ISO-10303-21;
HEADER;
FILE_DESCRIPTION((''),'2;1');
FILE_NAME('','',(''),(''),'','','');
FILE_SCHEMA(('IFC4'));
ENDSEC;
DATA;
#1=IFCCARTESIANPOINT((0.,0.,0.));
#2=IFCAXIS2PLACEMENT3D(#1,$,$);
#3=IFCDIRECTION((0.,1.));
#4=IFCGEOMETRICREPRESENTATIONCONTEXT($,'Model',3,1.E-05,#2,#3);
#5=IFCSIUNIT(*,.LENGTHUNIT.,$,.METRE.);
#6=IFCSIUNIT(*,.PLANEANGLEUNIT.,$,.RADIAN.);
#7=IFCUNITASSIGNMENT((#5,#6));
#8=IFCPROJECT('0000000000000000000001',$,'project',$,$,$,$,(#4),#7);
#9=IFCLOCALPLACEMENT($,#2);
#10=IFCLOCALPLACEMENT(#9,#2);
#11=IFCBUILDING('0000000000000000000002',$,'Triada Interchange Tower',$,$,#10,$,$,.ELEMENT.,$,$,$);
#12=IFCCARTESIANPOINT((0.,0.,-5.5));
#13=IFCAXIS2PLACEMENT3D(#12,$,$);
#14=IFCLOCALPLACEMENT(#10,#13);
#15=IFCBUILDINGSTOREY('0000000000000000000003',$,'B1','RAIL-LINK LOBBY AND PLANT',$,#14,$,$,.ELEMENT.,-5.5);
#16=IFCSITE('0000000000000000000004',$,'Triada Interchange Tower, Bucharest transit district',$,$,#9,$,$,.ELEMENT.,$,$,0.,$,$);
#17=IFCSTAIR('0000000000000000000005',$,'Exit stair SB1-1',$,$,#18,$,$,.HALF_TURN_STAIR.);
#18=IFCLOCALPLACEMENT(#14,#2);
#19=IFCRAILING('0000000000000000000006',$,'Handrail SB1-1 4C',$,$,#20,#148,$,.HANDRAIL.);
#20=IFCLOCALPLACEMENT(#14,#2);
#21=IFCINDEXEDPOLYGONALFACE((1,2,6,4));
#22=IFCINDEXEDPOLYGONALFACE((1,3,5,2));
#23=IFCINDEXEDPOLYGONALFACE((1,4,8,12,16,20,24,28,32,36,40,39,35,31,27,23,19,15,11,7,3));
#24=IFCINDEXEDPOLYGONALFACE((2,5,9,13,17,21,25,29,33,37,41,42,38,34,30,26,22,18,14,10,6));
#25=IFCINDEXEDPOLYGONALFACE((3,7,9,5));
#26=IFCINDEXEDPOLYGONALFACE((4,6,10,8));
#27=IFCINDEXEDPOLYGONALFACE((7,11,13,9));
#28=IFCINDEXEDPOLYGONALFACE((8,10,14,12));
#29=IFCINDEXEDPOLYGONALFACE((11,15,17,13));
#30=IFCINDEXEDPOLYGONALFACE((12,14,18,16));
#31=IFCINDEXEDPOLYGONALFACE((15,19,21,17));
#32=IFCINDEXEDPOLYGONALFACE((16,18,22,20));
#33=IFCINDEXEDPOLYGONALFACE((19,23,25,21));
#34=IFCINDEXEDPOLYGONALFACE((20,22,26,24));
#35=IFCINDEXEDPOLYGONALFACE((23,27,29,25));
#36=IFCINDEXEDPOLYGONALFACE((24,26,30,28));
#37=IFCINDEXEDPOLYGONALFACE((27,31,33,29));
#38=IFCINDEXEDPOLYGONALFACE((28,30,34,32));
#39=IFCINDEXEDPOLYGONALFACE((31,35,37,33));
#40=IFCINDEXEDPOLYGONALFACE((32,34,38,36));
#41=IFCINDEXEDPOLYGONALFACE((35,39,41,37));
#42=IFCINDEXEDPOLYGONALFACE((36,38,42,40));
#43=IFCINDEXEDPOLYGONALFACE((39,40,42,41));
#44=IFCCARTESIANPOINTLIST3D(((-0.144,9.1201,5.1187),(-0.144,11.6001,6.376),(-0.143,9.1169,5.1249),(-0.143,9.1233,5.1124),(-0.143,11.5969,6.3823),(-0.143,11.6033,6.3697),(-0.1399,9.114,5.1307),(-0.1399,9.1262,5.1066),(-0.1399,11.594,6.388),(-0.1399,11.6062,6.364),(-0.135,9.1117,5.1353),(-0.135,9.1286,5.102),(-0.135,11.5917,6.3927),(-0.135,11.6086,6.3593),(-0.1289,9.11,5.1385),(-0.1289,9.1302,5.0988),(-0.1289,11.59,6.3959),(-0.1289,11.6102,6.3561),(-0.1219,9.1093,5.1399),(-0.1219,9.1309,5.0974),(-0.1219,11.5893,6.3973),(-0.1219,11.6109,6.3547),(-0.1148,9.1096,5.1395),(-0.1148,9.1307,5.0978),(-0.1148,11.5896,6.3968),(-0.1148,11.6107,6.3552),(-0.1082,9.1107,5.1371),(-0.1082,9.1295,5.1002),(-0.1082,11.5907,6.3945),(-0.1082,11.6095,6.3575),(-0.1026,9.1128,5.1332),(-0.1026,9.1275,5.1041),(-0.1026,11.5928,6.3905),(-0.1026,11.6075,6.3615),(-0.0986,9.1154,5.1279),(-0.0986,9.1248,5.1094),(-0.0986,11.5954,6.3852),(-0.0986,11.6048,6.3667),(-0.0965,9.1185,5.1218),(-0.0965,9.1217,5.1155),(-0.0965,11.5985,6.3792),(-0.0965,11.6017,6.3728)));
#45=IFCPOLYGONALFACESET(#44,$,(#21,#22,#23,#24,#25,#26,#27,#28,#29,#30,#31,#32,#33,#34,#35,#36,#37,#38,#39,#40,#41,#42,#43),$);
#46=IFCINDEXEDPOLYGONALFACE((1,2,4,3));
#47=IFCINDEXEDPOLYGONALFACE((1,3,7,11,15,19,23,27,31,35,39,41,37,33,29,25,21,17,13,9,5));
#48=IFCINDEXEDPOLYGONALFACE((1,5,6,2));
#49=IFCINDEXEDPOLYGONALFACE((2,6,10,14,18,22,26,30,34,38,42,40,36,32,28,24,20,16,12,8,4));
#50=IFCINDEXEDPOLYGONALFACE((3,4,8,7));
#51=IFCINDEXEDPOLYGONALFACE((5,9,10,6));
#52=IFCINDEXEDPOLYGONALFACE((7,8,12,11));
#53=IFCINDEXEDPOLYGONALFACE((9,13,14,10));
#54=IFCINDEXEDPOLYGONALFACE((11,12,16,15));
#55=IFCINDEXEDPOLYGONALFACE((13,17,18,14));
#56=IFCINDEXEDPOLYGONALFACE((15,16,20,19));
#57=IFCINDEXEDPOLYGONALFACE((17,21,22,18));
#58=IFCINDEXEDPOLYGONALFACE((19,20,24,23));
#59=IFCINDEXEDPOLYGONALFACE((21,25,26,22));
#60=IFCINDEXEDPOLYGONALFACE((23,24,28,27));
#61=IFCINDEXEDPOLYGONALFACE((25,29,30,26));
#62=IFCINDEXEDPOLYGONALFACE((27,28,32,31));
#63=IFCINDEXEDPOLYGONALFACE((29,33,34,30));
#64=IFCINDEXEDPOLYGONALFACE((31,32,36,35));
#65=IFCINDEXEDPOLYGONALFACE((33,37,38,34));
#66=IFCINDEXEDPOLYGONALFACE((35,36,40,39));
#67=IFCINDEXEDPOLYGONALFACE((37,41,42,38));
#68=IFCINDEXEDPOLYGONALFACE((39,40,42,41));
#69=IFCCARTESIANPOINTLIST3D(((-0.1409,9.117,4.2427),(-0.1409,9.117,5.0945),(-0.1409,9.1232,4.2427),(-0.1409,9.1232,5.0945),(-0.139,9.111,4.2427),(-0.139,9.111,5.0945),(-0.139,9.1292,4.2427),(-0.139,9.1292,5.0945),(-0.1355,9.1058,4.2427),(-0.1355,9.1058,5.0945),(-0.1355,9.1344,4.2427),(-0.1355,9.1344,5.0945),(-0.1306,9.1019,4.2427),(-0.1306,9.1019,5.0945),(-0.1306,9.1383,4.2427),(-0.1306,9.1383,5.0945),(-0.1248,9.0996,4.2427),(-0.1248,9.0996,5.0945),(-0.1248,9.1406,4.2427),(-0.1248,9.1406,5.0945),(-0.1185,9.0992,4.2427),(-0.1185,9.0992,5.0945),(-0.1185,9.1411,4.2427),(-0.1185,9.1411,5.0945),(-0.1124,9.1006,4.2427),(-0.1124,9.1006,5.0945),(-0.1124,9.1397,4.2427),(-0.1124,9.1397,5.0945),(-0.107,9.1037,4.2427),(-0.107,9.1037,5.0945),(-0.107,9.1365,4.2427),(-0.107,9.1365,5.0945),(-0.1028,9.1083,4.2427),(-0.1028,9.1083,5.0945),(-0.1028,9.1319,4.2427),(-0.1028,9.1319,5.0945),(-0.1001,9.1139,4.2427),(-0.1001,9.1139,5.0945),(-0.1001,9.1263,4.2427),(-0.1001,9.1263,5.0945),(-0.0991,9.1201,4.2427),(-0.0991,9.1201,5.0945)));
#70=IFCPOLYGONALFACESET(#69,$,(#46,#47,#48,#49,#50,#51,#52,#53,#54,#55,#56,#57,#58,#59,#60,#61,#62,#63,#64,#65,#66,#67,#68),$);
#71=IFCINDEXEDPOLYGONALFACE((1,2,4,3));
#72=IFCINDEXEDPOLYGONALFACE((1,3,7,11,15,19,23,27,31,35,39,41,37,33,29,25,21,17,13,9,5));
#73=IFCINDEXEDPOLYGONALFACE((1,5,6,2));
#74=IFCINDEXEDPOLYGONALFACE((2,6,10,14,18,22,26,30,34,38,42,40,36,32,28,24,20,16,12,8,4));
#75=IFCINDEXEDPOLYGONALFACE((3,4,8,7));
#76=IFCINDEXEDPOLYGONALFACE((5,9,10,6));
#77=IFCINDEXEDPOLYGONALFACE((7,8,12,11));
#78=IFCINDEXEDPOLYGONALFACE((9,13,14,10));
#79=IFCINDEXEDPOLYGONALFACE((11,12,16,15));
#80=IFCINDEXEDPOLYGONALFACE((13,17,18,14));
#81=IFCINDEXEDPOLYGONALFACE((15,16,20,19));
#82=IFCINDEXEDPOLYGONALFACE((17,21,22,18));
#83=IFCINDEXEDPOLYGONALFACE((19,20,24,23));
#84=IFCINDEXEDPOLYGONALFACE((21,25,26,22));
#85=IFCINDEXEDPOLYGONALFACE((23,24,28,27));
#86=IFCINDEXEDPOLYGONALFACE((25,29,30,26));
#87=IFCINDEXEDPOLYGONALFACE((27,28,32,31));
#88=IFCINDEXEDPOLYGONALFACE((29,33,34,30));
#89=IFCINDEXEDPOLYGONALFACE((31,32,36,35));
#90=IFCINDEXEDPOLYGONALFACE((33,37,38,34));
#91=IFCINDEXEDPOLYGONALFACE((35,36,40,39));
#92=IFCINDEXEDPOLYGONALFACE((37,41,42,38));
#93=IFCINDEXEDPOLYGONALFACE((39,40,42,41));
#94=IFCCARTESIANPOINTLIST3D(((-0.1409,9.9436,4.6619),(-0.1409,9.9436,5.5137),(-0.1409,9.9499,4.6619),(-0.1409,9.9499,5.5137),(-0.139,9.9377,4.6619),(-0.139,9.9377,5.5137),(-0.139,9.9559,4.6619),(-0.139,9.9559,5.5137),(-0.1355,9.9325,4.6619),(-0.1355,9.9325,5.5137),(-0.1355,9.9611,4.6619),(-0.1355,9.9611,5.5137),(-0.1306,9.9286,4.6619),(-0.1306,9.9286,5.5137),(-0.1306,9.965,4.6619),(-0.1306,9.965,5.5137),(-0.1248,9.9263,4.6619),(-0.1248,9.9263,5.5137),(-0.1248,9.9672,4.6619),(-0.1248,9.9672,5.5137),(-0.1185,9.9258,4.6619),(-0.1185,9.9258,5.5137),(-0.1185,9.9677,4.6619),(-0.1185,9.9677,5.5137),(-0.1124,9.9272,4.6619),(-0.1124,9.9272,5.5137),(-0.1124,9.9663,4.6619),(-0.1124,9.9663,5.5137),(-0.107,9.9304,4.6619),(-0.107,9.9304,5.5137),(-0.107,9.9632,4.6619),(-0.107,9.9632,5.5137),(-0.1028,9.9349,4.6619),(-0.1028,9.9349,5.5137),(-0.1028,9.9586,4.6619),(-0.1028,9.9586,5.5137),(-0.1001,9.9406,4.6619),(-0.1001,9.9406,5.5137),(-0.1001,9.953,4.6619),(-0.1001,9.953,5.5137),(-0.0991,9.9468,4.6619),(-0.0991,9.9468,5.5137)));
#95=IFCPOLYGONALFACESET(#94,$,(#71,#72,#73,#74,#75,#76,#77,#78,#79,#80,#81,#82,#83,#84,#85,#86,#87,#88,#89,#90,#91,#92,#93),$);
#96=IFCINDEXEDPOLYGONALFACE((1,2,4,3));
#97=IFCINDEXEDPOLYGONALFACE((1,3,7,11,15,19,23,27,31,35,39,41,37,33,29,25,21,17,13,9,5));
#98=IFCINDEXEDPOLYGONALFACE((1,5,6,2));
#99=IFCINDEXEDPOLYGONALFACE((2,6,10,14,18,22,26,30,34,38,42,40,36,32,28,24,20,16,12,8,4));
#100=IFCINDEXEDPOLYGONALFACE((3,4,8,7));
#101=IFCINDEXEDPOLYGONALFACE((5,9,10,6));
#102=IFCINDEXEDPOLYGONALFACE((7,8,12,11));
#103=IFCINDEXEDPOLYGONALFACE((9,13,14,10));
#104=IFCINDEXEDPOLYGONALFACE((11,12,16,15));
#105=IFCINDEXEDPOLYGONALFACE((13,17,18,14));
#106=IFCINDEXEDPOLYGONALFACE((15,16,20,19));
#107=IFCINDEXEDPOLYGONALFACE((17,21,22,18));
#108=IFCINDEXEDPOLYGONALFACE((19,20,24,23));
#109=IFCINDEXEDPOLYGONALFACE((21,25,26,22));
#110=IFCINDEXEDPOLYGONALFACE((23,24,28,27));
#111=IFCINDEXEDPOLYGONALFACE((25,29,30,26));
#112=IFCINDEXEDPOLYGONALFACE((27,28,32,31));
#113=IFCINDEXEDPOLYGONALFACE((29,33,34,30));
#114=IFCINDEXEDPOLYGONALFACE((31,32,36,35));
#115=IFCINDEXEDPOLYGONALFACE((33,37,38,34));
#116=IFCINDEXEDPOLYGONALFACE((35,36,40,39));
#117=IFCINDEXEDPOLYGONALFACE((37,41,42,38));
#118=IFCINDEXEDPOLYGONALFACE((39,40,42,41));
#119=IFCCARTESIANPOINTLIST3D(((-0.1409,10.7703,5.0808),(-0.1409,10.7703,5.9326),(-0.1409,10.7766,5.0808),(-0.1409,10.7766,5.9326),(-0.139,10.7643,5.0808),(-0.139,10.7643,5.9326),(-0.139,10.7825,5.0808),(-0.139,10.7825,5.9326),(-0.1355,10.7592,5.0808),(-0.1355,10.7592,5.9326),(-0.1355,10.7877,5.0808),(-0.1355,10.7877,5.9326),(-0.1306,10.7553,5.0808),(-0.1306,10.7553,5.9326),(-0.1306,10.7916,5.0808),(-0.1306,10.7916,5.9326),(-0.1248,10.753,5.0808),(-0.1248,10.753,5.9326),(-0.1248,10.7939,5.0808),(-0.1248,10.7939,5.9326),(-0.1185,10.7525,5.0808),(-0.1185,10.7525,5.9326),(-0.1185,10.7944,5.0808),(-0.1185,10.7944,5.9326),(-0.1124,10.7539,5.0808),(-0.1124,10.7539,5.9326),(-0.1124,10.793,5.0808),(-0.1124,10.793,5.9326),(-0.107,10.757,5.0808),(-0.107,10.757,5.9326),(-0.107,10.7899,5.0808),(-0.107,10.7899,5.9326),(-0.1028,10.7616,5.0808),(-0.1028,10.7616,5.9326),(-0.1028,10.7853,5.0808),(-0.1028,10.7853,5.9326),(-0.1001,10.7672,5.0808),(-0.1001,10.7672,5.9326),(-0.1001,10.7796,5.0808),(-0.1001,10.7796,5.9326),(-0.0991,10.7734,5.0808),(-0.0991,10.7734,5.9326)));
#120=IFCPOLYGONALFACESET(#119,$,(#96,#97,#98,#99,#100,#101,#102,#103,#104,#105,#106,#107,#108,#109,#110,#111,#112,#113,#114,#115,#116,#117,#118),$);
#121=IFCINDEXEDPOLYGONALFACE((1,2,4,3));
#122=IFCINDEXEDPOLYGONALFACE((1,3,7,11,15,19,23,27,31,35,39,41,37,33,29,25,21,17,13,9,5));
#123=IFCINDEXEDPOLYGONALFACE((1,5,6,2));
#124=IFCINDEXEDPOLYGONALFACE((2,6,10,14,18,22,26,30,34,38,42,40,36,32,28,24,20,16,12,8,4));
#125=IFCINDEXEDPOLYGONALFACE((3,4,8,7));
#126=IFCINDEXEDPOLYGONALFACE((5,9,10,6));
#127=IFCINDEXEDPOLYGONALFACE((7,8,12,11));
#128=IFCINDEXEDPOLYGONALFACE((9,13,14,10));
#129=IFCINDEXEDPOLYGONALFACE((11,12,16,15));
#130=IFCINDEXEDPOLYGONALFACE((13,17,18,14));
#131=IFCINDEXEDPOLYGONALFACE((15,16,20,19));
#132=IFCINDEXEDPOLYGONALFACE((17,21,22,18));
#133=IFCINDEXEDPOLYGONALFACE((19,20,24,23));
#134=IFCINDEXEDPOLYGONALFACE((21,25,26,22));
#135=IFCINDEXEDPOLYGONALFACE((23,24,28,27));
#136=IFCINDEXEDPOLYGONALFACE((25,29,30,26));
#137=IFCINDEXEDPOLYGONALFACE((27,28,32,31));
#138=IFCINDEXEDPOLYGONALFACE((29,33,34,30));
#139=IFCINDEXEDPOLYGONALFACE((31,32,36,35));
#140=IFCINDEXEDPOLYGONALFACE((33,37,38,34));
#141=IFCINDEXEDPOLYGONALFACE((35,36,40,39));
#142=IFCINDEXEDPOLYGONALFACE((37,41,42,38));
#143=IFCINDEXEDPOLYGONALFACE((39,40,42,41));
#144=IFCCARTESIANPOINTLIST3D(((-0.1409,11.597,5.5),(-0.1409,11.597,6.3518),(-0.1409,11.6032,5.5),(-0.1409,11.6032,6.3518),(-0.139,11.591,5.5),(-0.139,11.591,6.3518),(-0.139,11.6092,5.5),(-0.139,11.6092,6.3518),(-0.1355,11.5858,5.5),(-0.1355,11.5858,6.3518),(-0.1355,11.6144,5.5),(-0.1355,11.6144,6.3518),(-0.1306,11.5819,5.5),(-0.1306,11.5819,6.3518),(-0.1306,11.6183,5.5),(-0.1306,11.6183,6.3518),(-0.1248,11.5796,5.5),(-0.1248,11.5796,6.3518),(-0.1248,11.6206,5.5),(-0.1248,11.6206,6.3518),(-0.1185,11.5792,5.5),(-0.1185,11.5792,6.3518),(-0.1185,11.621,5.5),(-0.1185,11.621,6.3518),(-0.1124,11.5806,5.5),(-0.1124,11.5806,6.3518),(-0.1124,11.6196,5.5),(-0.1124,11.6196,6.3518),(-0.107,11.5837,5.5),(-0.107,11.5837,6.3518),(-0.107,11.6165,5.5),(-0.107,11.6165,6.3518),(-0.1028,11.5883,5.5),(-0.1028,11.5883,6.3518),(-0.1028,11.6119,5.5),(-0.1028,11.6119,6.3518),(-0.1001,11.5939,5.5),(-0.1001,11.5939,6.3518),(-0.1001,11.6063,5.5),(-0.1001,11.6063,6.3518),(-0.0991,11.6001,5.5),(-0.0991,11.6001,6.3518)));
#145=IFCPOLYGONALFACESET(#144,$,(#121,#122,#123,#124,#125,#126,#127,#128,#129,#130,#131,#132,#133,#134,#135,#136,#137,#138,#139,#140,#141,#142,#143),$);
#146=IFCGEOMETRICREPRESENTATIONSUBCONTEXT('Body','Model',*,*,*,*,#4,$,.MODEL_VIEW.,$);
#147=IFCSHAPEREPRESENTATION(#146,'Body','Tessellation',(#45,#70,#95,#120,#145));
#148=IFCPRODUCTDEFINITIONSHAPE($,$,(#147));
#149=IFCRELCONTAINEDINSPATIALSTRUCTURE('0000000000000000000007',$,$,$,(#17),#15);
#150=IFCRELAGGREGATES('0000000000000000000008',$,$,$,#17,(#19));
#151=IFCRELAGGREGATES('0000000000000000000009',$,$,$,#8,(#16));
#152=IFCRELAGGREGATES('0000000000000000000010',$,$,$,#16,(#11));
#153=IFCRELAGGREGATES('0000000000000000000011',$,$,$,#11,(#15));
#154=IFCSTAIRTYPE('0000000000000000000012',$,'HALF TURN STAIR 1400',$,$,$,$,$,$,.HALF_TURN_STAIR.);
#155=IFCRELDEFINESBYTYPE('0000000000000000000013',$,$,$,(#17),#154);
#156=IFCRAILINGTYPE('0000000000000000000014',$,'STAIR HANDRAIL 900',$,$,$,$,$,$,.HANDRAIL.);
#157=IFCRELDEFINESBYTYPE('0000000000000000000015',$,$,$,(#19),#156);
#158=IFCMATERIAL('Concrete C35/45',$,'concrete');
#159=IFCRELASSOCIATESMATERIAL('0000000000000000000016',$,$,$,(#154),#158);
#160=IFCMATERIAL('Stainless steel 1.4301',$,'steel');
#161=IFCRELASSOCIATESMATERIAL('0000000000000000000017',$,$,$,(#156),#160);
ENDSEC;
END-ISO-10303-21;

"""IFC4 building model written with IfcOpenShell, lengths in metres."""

from ifc_helpers import new_model, si_unit, direction, frame, origin, origin_2d, place, context, subcontext, project, spatial, circle, extrude, material, type_object, element, aggregate, save


model = new_model("IFC4")

# Units and contexts
model_context = context("Model", 3, precision=1e-05, world=origin(), true_north=direction((0.0, 1.0)))
body_context = subcontext(model_context, "Body", "Model", "MODEL_VIEW")
ifc_project = project(units=[si_unit("LENGTHUNIT", "METRE"), si_unit("PLANEANGLEUNIT", "RADIAN")], contexts=[model_context])

# Site, building, storey
site_placement = place(None, origin())
site = spatial("IfcSite", under=ifc_project, at=site_placement, Name="Triada Interchange Tower, Bucharest transit district", CompositionType="ELEMENT", RefElevation=0.0)
building_placement = place(site_placement, origin())
building = spatial("IfcBuilding", under=site, at=building_placement, Name="Triada Interchange Tower", CompositionType="ELEMENT")
storey_placement = place(building_placement, frame((0.0, 0.0, -5.5)))
storey = spatial("IfcBuildingStorey", under=building, at=storey_placement, Name="B1", Description="RAIL-LINK LOBBY AND PLANT", CompositionType="ELEMENT", Elevation=-5.5)

# Stair, railing
ifc_material_1 = material(Name="Concrete C35/45", Category="concrete")
stair_type = type_object("IfcStairType", Name="HALF TURN STAIR 1400", PredefinedType="HALF_TURN_STAIR", material=ifc_material_1)
stair_placement = place(storey_placement, origin())
stair = element("IfcStair", 1, at=stair_placement, inside=storey, type_object=stair_type, Name="Exit stair SB1-1", PredefinedType="HALF_TURN_STAIR")
ifc_material_2 = material(Name="Stainless steel 1.4301", Category="steel")
railing_type = type_object("IfcRailingType", Name="STAIR HANDRAIL 900", PredefinedType="HANDRAIL", material=ifc_material_2)
railing_1_placement = place(storey_placement, frame((-0.1201, 9.1201, 4.2427)))
railing_1 = element("IfcRailing", 2, at=railing_1_placement, type_object=railing_type, Name="Handrail SB1-1 4C", PredefinedType="HANDRAIL", context=body_context, shape_type="SweptSolid", body=[
    extrude(circle(Radius=0.0239, at=origin_2d()), frame((0.0, 0.0, 0.876), z_axis=(0.0, 0.89192, 0.452194), x_axis=(-1.0, 0.0, 0.0)), (0.0, 0.0, 1.0), 2.7805),
    extrude(circle(Radius=0.021, at=origin_2d()), origin(), (0.0, 0.0, 1.0), 0.8518),
    extrude(circle(Radius=0.021, at=origin_2d()), frame((0.0, 0.8267, 0.4192)), (0.0, 0.0, 1.0), 0.8518),
    extrude(circle(Radius=0.021, at=origin_2d()), frame((0.0, 1.6533, 0.8381)), (0.0, 0.0, 1.0), 0.8518),
    extrude(circle(Radius=0.021, at=origin_2d()), frame((0.0, 2.48, 1.2573)), (0.0, 0.0, 1.0), 0.8518),
])
aggregate(stair, [railing_1])

save(model, "model.ifc")
